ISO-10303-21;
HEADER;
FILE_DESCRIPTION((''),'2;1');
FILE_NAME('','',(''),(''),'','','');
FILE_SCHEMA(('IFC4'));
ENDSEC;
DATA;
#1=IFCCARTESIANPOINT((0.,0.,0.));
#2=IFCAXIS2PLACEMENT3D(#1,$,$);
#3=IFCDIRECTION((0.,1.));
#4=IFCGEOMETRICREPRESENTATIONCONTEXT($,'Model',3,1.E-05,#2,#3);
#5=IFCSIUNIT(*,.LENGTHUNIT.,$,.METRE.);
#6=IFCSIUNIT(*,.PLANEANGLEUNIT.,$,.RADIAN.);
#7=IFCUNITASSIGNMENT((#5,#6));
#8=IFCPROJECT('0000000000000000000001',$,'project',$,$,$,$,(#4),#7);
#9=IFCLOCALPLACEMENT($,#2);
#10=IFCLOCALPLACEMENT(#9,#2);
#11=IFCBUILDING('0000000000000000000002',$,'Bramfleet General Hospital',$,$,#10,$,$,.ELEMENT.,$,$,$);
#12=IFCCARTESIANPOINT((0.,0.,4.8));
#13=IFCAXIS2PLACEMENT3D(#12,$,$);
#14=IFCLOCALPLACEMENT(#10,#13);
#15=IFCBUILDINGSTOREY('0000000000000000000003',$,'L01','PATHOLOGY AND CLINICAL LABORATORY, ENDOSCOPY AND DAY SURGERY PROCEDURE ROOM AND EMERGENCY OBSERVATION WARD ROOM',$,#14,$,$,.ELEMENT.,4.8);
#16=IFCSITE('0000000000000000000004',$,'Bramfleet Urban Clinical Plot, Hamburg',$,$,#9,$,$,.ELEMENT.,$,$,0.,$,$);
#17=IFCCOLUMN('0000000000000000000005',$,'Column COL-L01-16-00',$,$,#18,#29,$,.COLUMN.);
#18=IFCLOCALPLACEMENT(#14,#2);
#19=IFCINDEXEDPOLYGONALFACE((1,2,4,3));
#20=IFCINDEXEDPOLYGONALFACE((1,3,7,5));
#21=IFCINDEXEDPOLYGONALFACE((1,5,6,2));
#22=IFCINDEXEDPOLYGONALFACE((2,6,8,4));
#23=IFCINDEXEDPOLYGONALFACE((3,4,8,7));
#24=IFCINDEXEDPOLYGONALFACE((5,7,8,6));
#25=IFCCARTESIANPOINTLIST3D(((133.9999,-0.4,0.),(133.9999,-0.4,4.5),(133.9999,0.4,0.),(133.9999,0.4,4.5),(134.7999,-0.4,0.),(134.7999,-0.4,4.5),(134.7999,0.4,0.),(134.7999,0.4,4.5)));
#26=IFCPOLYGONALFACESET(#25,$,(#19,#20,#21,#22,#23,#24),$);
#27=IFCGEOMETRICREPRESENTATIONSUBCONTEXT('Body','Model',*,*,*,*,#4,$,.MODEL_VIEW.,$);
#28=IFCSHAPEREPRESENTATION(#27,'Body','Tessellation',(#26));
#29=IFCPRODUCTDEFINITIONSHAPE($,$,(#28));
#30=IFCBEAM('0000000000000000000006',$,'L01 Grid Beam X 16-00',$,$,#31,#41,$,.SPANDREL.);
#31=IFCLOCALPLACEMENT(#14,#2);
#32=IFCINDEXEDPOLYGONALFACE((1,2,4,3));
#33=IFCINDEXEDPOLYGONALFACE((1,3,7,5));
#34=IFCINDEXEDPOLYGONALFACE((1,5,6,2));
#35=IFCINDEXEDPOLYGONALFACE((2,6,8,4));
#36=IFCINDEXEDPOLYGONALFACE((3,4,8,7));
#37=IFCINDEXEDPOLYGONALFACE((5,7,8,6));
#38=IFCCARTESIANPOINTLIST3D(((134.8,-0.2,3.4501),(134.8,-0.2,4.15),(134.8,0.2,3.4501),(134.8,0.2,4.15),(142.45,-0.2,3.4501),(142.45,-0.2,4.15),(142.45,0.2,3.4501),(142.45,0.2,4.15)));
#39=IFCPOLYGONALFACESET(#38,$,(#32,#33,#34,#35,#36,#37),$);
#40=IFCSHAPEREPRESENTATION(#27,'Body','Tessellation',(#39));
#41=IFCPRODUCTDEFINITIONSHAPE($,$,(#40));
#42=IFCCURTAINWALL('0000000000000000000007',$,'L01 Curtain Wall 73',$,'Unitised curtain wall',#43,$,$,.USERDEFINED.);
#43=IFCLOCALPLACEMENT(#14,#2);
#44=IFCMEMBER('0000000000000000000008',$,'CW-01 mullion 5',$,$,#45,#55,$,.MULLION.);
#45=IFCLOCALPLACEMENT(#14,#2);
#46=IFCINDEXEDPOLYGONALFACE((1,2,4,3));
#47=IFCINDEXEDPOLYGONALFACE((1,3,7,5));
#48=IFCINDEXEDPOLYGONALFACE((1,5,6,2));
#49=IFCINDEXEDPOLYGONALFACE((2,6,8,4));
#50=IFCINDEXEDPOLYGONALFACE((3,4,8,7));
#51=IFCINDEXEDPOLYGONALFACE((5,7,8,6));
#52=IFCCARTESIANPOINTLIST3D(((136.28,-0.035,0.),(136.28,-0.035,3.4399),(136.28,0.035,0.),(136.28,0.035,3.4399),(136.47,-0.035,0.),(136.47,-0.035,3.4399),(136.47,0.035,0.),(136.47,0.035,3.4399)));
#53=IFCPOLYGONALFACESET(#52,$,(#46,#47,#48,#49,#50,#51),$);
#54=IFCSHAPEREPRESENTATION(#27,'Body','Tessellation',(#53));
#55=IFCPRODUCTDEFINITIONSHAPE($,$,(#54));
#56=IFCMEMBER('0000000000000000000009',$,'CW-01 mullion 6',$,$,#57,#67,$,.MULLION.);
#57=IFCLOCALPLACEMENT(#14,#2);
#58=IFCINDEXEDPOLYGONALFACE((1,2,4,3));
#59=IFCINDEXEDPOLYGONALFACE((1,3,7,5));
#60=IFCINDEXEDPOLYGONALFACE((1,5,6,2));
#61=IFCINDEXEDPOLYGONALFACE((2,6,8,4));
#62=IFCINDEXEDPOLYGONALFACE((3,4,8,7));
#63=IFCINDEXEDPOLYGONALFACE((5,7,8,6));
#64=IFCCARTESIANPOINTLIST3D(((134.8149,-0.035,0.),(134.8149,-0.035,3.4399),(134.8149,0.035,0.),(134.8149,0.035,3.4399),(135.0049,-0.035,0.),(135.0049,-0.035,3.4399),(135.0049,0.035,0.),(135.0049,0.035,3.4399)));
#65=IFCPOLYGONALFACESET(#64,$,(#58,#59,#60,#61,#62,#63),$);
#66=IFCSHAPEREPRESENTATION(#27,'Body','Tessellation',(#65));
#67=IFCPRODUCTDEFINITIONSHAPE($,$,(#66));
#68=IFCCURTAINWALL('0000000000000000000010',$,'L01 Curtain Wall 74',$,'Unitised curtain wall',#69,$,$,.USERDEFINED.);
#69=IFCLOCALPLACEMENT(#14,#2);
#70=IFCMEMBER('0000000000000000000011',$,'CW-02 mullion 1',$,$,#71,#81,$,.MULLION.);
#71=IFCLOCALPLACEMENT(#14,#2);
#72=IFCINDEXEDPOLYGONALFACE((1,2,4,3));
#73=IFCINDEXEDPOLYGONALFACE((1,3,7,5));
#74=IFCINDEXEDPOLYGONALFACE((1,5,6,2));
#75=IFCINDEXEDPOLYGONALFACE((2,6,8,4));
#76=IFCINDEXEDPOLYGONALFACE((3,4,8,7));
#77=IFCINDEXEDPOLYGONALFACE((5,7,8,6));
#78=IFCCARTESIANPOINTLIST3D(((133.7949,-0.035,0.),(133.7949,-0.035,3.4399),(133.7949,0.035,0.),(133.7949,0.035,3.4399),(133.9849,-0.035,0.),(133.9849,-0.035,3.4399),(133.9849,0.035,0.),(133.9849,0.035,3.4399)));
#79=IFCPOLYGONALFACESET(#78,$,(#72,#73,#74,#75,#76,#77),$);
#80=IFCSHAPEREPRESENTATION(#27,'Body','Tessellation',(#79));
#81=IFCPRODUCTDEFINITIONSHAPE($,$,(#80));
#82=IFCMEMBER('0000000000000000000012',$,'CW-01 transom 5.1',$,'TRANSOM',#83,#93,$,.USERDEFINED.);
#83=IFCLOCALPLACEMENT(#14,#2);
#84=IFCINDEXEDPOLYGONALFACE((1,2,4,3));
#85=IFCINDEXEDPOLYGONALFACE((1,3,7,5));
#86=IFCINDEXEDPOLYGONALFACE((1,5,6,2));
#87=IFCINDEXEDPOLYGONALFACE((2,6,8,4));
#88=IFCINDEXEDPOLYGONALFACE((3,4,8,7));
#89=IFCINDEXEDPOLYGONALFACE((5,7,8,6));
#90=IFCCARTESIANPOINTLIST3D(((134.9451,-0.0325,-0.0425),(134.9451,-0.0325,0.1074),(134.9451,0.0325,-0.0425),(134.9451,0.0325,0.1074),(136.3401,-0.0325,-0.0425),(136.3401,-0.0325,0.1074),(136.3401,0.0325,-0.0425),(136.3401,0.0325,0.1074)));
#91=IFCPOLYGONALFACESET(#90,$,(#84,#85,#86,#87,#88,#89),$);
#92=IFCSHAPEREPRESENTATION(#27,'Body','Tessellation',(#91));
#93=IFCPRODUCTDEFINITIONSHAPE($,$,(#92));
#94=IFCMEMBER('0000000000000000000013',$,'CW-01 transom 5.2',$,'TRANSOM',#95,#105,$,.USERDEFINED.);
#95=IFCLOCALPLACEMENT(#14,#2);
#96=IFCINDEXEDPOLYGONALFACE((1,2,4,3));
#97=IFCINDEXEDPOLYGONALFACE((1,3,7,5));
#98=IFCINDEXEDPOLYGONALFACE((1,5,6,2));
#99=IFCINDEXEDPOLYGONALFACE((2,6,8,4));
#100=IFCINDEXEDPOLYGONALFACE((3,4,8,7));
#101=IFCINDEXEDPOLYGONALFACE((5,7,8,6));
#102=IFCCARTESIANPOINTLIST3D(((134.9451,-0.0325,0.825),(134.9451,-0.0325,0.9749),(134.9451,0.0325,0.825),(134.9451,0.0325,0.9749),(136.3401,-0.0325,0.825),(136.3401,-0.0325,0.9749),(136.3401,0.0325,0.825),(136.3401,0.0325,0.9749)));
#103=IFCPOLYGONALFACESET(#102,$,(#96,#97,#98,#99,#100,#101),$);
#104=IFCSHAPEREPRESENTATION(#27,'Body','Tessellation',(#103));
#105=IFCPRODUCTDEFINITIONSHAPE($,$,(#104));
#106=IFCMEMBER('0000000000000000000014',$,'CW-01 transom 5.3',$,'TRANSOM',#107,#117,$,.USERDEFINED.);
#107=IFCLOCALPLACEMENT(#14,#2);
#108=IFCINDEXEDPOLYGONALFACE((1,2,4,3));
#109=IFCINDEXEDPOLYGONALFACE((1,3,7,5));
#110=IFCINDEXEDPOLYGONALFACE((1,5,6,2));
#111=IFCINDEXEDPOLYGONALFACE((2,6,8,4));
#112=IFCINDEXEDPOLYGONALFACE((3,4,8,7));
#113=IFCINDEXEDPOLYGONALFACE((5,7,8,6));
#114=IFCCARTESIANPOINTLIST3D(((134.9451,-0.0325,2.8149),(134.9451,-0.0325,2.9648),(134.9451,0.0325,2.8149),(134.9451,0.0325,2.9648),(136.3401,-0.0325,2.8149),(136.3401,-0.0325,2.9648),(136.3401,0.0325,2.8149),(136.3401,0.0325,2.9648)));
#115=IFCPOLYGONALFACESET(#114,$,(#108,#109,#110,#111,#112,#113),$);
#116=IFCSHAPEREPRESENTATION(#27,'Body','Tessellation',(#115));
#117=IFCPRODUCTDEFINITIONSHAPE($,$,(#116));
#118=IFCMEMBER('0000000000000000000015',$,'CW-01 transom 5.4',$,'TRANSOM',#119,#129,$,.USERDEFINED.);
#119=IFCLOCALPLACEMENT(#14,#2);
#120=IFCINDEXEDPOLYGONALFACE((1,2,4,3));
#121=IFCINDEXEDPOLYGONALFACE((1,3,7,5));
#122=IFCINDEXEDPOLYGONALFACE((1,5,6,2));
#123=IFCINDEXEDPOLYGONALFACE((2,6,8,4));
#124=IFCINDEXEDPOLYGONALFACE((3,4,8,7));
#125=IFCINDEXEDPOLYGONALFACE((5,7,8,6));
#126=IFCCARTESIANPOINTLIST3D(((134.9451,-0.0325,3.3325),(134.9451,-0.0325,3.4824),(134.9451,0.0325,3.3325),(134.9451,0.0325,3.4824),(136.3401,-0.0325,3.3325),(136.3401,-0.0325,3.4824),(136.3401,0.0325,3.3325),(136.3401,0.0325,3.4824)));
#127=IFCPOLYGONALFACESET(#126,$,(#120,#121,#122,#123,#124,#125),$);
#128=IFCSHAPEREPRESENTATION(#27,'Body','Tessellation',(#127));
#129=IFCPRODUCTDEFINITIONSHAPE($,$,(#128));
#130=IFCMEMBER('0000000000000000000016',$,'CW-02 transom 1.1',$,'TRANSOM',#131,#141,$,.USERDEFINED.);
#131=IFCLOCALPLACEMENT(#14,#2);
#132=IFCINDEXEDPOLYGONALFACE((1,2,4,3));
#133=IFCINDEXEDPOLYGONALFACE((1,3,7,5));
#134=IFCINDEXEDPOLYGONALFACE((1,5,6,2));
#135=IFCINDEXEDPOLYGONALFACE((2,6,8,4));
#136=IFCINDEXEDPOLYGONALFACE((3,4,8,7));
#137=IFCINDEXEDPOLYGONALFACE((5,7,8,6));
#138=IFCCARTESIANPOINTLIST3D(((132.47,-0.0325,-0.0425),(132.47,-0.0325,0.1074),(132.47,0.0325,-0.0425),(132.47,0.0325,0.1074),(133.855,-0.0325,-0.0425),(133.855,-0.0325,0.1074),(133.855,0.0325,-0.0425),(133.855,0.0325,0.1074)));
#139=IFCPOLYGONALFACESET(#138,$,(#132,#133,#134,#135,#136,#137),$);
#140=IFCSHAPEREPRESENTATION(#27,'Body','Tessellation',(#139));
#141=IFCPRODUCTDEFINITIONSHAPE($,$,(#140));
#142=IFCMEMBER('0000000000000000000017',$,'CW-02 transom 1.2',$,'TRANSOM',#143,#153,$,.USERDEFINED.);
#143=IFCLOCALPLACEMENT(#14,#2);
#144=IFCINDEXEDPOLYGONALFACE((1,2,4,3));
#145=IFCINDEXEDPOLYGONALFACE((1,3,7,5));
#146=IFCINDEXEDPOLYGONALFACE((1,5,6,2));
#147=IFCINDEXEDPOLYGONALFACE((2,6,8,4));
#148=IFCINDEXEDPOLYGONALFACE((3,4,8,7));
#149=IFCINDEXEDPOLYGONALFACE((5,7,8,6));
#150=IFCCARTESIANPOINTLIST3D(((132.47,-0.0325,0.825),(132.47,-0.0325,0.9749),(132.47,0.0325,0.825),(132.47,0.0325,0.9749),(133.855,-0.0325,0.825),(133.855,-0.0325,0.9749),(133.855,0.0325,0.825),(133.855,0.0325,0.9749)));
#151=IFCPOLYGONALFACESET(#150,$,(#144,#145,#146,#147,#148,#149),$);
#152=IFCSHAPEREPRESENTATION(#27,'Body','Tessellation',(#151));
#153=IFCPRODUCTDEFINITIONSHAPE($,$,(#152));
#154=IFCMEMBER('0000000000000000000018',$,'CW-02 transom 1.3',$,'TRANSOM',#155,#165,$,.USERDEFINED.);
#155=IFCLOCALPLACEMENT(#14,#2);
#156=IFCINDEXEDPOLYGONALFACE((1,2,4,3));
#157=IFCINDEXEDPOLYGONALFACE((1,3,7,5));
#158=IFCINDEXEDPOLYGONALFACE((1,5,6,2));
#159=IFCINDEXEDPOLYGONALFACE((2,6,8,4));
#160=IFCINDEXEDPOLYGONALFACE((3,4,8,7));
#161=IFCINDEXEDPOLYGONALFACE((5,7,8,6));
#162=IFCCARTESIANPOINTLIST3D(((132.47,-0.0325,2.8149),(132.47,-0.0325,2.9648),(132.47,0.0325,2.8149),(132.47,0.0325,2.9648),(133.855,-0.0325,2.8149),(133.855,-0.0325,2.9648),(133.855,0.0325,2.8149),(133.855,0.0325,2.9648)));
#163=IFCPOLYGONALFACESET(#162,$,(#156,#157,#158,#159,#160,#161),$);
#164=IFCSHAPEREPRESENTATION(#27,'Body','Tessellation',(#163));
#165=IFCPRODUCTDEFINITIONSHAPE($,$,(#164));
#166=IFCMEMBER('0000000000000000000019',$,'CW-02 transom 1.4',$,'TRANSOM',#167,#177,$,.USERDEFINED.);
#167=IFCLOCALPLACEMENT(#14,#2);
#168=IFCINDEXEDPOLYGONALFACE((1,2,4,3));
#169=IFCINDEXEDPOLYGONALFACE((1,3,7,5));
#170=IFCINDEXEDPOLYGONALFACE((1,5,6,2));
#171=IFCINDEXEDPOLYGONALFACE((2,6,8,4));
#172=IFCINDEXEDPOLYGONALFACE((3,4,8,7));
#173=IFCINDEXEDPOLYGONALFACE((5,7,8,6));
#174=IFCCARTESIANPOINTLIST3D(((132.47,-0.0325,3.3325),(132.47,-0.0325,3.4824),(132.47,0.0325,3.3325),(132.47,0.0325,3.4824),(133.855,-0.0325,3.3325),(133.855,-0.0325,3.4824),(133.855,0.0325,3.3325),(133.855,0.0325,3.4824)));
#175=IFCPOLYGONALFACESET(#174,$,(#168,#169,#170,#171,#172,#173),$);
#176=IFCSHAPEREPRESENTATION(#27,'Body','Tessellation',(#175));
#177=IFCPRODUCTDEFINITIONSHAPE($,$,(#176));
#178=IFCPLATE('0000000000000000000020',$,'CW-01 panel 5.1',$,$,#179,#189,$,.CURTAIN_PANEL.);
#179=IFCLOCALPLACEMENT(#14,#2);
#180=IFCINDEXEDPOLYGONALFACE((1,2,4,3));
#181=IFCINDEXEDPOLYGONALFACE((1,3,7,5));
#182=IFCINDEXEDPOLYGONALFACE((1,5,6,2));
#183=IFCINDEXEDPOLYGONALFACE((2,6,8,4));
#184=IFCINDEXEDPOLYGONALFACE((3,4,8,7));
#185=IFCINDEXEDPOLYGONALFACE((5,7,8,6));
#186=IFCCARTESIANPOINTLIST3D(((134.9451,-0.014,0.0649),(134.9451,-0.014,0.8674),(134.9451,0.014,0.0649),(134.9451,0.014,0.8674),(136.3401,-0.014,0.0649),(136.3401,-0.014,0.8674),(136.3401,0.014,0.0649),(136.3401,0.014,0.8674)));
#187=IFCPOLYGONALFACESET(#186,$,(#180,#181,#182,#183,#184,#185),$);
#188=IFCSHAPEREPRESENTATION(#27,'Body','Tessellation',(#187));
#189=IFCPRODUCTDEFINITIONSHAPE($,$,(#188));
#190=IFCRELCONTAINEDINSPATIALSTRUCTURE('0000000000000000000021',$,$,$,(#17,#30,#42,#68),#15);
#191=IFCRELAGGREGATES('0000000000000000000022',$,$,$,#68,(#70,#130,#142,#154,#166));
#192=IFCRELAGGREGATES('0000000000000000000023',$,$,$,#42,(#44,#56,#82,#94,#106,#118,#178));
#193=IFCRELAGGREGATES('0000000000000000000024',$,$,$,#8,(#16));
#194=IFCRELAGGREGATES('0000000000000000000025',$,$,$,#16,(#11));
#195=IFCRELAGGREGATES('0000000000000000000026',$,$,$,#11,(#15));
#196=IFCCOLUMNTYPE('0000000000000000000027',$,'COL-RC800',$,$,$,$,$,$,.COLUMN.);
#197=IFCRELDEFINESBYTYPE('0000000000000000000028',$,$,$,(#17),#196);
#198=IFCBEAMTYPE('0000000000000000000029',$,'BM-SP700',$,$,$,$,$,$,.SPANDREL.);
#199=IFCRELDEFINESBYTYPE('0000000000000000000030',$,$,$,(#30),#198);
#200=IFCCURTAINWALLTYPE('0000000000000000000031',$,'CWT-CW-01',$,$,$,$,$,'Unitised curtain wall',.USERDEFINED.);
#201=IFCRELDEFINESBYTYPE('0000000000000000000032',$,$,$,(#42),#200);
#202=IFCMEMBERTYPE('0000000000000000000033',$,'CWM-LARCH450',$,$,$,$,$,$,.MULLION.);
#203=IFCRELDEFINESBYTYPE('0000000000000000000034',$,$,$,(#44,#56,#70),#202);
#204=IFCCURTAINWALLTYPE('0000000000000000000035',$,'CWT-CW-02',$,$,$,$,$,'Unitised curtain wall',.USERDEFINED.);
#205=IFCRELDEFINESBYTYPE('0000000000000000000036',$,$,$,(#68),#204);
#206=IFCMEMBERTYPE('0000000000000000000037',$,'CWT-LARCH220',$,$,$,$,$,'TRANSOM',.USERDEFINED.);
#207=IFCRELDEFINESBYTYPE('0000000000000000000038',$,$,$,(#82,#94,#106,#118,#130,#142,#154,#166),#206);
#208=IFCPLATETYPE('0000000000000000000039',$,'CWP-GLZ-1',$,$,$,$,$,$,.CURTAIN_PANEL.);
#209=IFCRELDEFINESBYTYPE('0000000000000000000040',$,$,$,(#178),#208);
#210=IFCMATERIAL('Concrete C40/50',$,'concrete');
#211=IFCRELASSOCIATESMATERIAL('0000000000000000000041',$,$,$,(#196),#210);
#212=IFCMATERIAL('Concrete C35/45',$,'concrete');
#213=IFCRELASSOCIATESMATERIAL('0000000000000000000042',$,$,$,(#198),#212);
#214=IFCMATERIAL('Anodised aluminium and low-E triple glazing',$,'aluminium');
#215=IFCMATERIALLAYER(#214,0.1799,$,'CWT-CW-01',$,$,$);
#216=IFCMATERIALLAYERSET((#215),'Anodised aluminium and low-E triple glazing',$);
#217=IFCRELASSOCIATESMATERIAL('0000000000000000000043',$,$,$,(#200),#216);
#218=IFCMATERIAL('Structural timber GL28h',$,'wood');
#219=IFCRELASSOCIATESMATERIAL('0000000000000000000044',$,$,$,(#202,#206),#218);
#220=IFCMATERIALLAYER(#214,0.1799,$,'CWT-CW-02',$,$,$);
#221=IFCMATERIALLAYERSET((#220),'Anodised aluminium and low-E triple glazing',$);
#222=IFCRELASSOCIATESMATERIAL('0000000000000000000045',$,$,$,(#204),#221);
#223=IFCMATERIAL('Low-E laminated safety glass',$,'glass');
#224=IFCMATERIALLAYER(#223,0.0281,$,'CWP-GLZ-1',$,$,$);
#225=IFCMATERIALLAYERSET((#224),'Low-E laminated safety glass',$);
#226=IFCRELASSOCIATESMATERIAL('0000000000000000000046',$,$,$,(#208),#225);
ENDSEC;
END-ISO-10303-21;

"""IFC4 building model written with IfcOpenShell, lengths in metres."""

from ifc_helpers import new_model, si_unit, direction, frame, origin, origin_2d, place, context, subcontext, project, spatial, rectangle, extrude, material, layer, layer_set, material_profile, profile_set, type_object, element, aggregate, save


model = new_model("IFC4")

# Units and contexts
model_context = context("Model", 3, precision=1e-05, world=origin(), true_north=direction((0.0, 1.0)))
body_context = subcontext(model_context, "Body", "Model", "MODEL_VIEW")
ifc_project = project(units=[si_unit("LENGTHUNIT", "METRE"), si_unit("PLANEANGLEUNIT", "RADIAN")], contexts=[model_context])

# Site, building, storey
site_placement = place(None, origin())
site = spatial("IfcSite", under=ifc_project, at=site_placement, Name="Bramfleet Urban Clinical Plot, Hamburg", CompositionType="ELEMENT", RefElevation=0.0)
building_placement = place(site_placement, origin())
building = spatial("IfcBuilding", under=site, at=building_placement, Name="Bramfleet General Hospital", CompositionType="ELEMENT")
storey_placement = place(building_placement, frame((0.0, 0.0, 4.8)))
storey = spatial("IfcBuildingStorey", under=building, at=storey_placement, Name="L01", Description="PATHOLOGY AND CLINICAL LABORATORY, ENDOSCOPY AND DAY SURGERY PROCEDURE ROOM AND EMERGENCY OBSERVATION WARD ROOM", CompositionType="ELEMENT", Elevation=4.8)

# Column
ifc_material_1 = material(Name="Concrete C40/50", Category="concrete")
ifc_material_profile_1 = material_profile(ifc_material_1, rectangle(XDim=0.8, YDim=0.8, at=origin_2d()), Name="RC COL 800x800")
ifc_profile_set_1 = profile_set([ifc_material_profile_1], Name="Concrete C40/50")
column_type = type_object("IfcColumnType", Name="COL-RC800", PredefinedType="COLUMN", material=ifc_profile_set_1)
column_placement = place(storey_placement, frame((134.3999, 0.0, 0.0), z_axis=(0.0, 0.0, 1.0), x_axis=(1.0, 0.0, 0.0)))
element("IfcColumn", 1, at=column_placement, inside=storey, type_object=column_type, Name="Column COL-L01-16-00", PredefinedType="COLUMN", context=body_context, shape_type="SweptSolid", body=[
    extrude(rectangle(XDim=0.8, YDim=0.8, at=origin_2d()), origin(), (0.0, 0.0, 1.0), 4.5),
])

# Beam
ifc_material_2 = material(Name="Concrete C35/45", Category="concrete")
ifc_material_profile_2 = material_profile(ifc_material_2, rectangle(XDim=0.3999, YDim=0.7, at=origin_2d()), Name="RC SP 700x400")
ifc_profile_set_2 = profile_set([ifc_material_profile_2], Name="Concrete C35/45")
beam_type = type_object("IfcBeamType", Name="BM-SP700", PredefinedType="SPANDREL", material=ifc_profile_set_2)
beam_placement = place(storey_placement, frame((134.8, 0.0, 3.8), z_axis=(1.0, 0.0, 0.0), x_axis=(0.0, 1.0, 0.0)))
element("IfcBeam", 2, at=beam_placement, inside=storey, type_object=beam_type, Name="L01 Grid Beam X 16-00", PredefinedType="SPANDREL", context=body_context, shape_type="SweptSolid", body=[
    extrude(rectangle(XDim=0.3999, YDim=0.7, at=origin_2d()), origin(), (0.0, 0.0, 1.0), 7.6499),
])

# Curtain wall, members
ifc_material_3 = material(Name="Anodised aluminium and low-E triple glazing", Category="aluminium")
ifc_layer_1 = layer(ifc_material_3, 0.1799, Name="CWT-CW-01")
ifc_layer_set_1 = layer_set([ifc_layer_1], Name="Anodised aluminium and low-E triple glazing")
curtain_wall_type_1 = type_object("IfcCurtainWallType", Name="CWT-CW-01", ElementType="Unitised curtain wall", PredefinedType="USERDEFINED", material=ifc_layer_set_1)
curtain_wall_1_placement = place(storey_placement, origin())
curtain_wall_1 = element("IfcCurtainWall", 3, at=curtain_wall_1_placement, inside=storey, type_object=curtain_wall_type_1, Name="L01 Curtain Wall 73", ObjectType="Unitised curtain wall", PredefinedType="USERDEFINED")
ifc_material_4 = material(Name="Structural timber GL28h", Category="wood")
ifc_material_profile_3 = material_profile(ifc_material_4, rectangle(XDim=0.0701, YDim=0.1899, at=origin_2d()), Name="LARCH 190x70")
ifc_profile_set_3 = profile_set([ifc_material_profile_3], Name="Structural timber GL28h")
member_type_1 = type_object("IfcMemberType", Name="CWM-LARCH450", PredefinedType="MULLION", material=ifc_profile_set_3)
member_1_placement = place(storey_placement, frame((136.375, 0.0, 0.0), z_axis=(0.0, 0.0, 1.0), x_axis=(0.0, -1.0, 0.0)))
member_1 = element("IfcMember", 4, at=member_1_placement, type_object=member_type_1, Name="CW-01 mullion 5", PredefinedType="MULLION", context=body_context, shape_type="SweptSolid", body=[
    extrude(rectangle(XDim=0.0701, YDim=0.1899, at=origin_2d()), origin(), (0.0, 0.0, 1.0), 3.4399),
])
member_2_placement = place(storey_placement, frame((134.9099, 0.0, 0.0), z_axis=(0.0, 0.0, 1.0), x_axis=(0.0, -1.0, 0.0)))
member_2 = element("IfcMember", 5, at=member_2_placement, type_object=member_type_1, Name="CW-01 mullion 6", PredefinedType="MULLION", context=body_context, shape_type="SweptSolid", body=[
    extrude(rectangle(XDim=0.0701, YDim=0.1899, at=origin_2d()), origin(), (0.0, 0.0, 1.0), 3.4399),
])

# Curtain wall, member
ifc_layer_2 = layer(ifc_material_3, 0.1799, Name="CWT-CW-02")
ifc_layer_set_2 = layer_set([ifc_layer_2], Name="Anodised aluminium and low-E triple glazing")
curtain_wall_type_2 = type_object("IfcCurtainWallType", Name="CWT-CW-02", ElementType="Unitised curtain wall", PredefinedType="USERDEFINED", material=ifc_layer_set_2)
curtain_wall_2_placement = place(storey_placement, origin())
curtain_wall_2 = element("IfcCurtainWall", 6, at=curtain_wall_2_placement, inside=storey, type_object=curtain_wall_type_2, Name="L01 Curtain Wall 74", ObjectType="Unitised curtain wall", PredefinedType="USERDEFINED")
member_3_placement = place(storey_placement, frame((133.8899, 0.0, 0.0), z_axis=(0.0, 0.0, 1.0), x_axis=(0.0, -1.0, 0.0)))
member_3 = element("IfcMember", 7, at=member_3_placement, type_object=member_type_1, Name="CW-02 mullion 1", PredefinedType="MULLION", context=body_context, shape_type="SweptSolid", body=[
    extrude(rectangle(XDim=0.0701, YDim=0.1899, at=origin_2d()), origin(), (0.0, 0.0, 1.0), 3.4399),
])

# Members
ifc_material_profile_4 = material_profile(ifc_material_4, rectangle(XDim=0.0649, YDim=0.1499, at=origin_2d()), Name="LARCH 150x65")
ifc_profile_set_4 = profile_set([ifc_material_profile_4], Name="Structural timber GL28h")
member_type_2 = type_object("IfcMemberType", Name="CWT-LARCH220", ElementType="TRANSOM", PredefinedType="USERDEFINED", material=ifc_profile_set_4)
member_4_placement = place(storey_placement, frame((136.3401, 0.0, 0.0325), z_axis=(-1.0, 0.0, 0.0), x_axis=(0.0, -1.0, 0.0)))
member_4 = element("IfcMember", 8, at=member_4_placement, type_object=member_type_2, Name="CW-01 transom 5.1", ObjectType="TRANSOM", PredefinedType="USERDEFINED", context=body_context, shape_type="SweptSolid", body=[
    extrude(rectangle(XDim=0.0649, YDim=0.1499, at=origin_2d()), origin(), (0.0, 0.0, 1.0), 1.395),
])
member_5_placement = place(storey_placement, frame((136.3401, 0.0, 0.8999), z_axis=(-1.0, 0.0, 0.0), x_axis=(0.0, -1.0, 0.0)))
member_5 = element("IfcMember", 9, at=member_5_placement, type_object=member_type_2, Name="CW-01 transom 5.2", ObjectType="TRANSOM", PredefinedType="USERDEFINED", context=body_context, shape_type="SweptSolid", body=[
    extrude(rectangle(XDim=0.0649, YDim=0.1499, at=origin_2d()), origin(), (0.0, 0.0, 1.0), 1.395),
])
member_6_placement = place(storey_placement, frame((136.3401, 0.0, 2.8899), z_axis=(-1.0, 0.0, 0.0), x_axis=(0.0, -1.0, 0.0)))
member_6 = element("IfcMember", 10, at=member_6_placement, type_object=member_type_2, Name="CW-01 transom 5.3", ObjectType="TRANSOM", PredefinedType="USERDEFINED", context=body_context, shape_type="SweptSolid", body=[
    extrude(rectangle(XDim=0.0649, YDim=0.1499, at=origin_2d()), origin(), (0.0, 0.0, 1.0), 1.395),
])
member_7_placement = place(storey_placement, frame((136.3401, 0.0, 3.4075), z_axis=(-1.0, 0.0, 0.0), x_axis=(0.0, -1.0, 0.0)))
member_7 = element("IfcMember", 11, at=member_7_placement, type_object=member_type_2, Name="CW-01 transom 5.4", ObjectType="TRANSOM", PredefinedType="USERDEFINED", context=body_context, shape_type="SweptSolid", body=[
    extrude(rectangle(XDim=0.0649, YDim=0.1499, at=origin_2d()), origin(), (0.0, 0.0, 1.0), 1.395),
])
member_8_placement = place(storey_placement, frame((133.855, 0.0, 0.0325), z_axis=(-1.0, 0.0, 0.0), x_axis=(0.0, -1.0, 0.0)))
member_8 = element("IfcMember", 12, at=member_8_placement, type_object=member_type_2, Name="CW-02 transom 1.1", ObjectType="TRANSOM", PredefinedType="USERDEFINED", context=body_context, shape_type="SweptSolid", body=[
    extrude(rectangle(XDim=0.0649, YDim=0.1499, at=origin_2d()), origin(), (0.0, 0.0, 1.0), 1.385),
])
member_9_placement = place(storey_placement, frame((133.855, 0.0, 0.8999), z_axis=(-1.0, 0.0, 0.0), x_axis=(0.0, -1.0, 0.0)))
member_9 = element("IfcMember", 13, at=member_9_placement, type_object=member_type_2, Name="CW-02 transom 1.2", ObjectType="TRANSOM", PredefinedType="USERDEFINED", context=body_context, shape_type="SweptSolid", body=[
    extrude(rectangle(XDim=0.0649, YDim=0.1499, at=origin_2d()), origin(), (0.0, 0.0, 1.0), 1.385),
])
member_10_placement = place(storey_placement, frame((133.855, 0.0, 2.8899), z_axis=(-1.0, 0.0, 0.0), x_axis=(0.0, -1.0, 0.0)))
member_10 = element("IfcMember", 14, at=member_10_placement, type_object=member_type_2, Name="CW-02 transom 1.3", ObjectType="TRANSOM", PredefinedType="USERDEFINED", context=body_context, shape_type="SweptSolid", body=[
    extrude(rectangle(XDim=0.0649, YDim=0.1499, at=origin_2d()), origin(), (0.0, 0.0, 1.0), 1.385),
])
member_11_placement = place(storey_placement, frame((133.855, 0.0, 3.4075), z_axis=(-1.0, 0.0, 0.0), x_axis=(0.0, -1.0, 0.0)))
member_11 = element("IfcMember", 15, at=member_11_placement, type_object=member_type_2, Name="CW-02 transom 1.4", ObjectType="TRANSOM", PredefinedType="USERDEFINED", context=body_context, shape_type="SweptSolid", body=[
    extrude(rectangle(XDim=0.0649, YDim=0.1499, at=origin_2d()), origin(), (0.0, 0.0, 1.0), 1.385),
])
aggregate(curtain_wall_2, [member_3, member_8, member_9, member_10, member_11])

# Plate
ifc_material_5 = material(Name="Low-E laminated safety glass", Category="glass")
ifc_layer_3 = layer(ifc_material_5, 0.0281, Name="CWP-GLZ-1")
ifc_layer_set_3 = layer_set([ifc_layer_3], Name="Low-E laminated safety glass")
plate_type = type_object("IfcPlateType", Name="CWP-GLZ-1", PredefinedType="CURTAIN_PANEL", material=ifc_layer_set_3)
plate_1_placement = place(storey_placement, frame((135.6426, 0.0, 0.0649), z_axis=(0.0, 0.0, 1.0), x_axis=(-1.0, 0.0, 0.0)))
plate_1 = element("IfcPlate", 16, at=plate_1_placement, type_object=plate_type, Name="CW-01 panel 5.1", PredefinedType="CURTAIN_PANEL", context=body_context, shape_type="SweptSolid", body=[
    extrude(rectangle(XDim=1.395, YDim=0.0281, at=origin_2d()), origin(), (0.0, 0.0, 1.0), 0.8025),
])
aggregate(curtain_wall_1, [member_1, member_2, member_4, member_5, member_6, member_7, plate_1])

save(model, "model.ifc")
